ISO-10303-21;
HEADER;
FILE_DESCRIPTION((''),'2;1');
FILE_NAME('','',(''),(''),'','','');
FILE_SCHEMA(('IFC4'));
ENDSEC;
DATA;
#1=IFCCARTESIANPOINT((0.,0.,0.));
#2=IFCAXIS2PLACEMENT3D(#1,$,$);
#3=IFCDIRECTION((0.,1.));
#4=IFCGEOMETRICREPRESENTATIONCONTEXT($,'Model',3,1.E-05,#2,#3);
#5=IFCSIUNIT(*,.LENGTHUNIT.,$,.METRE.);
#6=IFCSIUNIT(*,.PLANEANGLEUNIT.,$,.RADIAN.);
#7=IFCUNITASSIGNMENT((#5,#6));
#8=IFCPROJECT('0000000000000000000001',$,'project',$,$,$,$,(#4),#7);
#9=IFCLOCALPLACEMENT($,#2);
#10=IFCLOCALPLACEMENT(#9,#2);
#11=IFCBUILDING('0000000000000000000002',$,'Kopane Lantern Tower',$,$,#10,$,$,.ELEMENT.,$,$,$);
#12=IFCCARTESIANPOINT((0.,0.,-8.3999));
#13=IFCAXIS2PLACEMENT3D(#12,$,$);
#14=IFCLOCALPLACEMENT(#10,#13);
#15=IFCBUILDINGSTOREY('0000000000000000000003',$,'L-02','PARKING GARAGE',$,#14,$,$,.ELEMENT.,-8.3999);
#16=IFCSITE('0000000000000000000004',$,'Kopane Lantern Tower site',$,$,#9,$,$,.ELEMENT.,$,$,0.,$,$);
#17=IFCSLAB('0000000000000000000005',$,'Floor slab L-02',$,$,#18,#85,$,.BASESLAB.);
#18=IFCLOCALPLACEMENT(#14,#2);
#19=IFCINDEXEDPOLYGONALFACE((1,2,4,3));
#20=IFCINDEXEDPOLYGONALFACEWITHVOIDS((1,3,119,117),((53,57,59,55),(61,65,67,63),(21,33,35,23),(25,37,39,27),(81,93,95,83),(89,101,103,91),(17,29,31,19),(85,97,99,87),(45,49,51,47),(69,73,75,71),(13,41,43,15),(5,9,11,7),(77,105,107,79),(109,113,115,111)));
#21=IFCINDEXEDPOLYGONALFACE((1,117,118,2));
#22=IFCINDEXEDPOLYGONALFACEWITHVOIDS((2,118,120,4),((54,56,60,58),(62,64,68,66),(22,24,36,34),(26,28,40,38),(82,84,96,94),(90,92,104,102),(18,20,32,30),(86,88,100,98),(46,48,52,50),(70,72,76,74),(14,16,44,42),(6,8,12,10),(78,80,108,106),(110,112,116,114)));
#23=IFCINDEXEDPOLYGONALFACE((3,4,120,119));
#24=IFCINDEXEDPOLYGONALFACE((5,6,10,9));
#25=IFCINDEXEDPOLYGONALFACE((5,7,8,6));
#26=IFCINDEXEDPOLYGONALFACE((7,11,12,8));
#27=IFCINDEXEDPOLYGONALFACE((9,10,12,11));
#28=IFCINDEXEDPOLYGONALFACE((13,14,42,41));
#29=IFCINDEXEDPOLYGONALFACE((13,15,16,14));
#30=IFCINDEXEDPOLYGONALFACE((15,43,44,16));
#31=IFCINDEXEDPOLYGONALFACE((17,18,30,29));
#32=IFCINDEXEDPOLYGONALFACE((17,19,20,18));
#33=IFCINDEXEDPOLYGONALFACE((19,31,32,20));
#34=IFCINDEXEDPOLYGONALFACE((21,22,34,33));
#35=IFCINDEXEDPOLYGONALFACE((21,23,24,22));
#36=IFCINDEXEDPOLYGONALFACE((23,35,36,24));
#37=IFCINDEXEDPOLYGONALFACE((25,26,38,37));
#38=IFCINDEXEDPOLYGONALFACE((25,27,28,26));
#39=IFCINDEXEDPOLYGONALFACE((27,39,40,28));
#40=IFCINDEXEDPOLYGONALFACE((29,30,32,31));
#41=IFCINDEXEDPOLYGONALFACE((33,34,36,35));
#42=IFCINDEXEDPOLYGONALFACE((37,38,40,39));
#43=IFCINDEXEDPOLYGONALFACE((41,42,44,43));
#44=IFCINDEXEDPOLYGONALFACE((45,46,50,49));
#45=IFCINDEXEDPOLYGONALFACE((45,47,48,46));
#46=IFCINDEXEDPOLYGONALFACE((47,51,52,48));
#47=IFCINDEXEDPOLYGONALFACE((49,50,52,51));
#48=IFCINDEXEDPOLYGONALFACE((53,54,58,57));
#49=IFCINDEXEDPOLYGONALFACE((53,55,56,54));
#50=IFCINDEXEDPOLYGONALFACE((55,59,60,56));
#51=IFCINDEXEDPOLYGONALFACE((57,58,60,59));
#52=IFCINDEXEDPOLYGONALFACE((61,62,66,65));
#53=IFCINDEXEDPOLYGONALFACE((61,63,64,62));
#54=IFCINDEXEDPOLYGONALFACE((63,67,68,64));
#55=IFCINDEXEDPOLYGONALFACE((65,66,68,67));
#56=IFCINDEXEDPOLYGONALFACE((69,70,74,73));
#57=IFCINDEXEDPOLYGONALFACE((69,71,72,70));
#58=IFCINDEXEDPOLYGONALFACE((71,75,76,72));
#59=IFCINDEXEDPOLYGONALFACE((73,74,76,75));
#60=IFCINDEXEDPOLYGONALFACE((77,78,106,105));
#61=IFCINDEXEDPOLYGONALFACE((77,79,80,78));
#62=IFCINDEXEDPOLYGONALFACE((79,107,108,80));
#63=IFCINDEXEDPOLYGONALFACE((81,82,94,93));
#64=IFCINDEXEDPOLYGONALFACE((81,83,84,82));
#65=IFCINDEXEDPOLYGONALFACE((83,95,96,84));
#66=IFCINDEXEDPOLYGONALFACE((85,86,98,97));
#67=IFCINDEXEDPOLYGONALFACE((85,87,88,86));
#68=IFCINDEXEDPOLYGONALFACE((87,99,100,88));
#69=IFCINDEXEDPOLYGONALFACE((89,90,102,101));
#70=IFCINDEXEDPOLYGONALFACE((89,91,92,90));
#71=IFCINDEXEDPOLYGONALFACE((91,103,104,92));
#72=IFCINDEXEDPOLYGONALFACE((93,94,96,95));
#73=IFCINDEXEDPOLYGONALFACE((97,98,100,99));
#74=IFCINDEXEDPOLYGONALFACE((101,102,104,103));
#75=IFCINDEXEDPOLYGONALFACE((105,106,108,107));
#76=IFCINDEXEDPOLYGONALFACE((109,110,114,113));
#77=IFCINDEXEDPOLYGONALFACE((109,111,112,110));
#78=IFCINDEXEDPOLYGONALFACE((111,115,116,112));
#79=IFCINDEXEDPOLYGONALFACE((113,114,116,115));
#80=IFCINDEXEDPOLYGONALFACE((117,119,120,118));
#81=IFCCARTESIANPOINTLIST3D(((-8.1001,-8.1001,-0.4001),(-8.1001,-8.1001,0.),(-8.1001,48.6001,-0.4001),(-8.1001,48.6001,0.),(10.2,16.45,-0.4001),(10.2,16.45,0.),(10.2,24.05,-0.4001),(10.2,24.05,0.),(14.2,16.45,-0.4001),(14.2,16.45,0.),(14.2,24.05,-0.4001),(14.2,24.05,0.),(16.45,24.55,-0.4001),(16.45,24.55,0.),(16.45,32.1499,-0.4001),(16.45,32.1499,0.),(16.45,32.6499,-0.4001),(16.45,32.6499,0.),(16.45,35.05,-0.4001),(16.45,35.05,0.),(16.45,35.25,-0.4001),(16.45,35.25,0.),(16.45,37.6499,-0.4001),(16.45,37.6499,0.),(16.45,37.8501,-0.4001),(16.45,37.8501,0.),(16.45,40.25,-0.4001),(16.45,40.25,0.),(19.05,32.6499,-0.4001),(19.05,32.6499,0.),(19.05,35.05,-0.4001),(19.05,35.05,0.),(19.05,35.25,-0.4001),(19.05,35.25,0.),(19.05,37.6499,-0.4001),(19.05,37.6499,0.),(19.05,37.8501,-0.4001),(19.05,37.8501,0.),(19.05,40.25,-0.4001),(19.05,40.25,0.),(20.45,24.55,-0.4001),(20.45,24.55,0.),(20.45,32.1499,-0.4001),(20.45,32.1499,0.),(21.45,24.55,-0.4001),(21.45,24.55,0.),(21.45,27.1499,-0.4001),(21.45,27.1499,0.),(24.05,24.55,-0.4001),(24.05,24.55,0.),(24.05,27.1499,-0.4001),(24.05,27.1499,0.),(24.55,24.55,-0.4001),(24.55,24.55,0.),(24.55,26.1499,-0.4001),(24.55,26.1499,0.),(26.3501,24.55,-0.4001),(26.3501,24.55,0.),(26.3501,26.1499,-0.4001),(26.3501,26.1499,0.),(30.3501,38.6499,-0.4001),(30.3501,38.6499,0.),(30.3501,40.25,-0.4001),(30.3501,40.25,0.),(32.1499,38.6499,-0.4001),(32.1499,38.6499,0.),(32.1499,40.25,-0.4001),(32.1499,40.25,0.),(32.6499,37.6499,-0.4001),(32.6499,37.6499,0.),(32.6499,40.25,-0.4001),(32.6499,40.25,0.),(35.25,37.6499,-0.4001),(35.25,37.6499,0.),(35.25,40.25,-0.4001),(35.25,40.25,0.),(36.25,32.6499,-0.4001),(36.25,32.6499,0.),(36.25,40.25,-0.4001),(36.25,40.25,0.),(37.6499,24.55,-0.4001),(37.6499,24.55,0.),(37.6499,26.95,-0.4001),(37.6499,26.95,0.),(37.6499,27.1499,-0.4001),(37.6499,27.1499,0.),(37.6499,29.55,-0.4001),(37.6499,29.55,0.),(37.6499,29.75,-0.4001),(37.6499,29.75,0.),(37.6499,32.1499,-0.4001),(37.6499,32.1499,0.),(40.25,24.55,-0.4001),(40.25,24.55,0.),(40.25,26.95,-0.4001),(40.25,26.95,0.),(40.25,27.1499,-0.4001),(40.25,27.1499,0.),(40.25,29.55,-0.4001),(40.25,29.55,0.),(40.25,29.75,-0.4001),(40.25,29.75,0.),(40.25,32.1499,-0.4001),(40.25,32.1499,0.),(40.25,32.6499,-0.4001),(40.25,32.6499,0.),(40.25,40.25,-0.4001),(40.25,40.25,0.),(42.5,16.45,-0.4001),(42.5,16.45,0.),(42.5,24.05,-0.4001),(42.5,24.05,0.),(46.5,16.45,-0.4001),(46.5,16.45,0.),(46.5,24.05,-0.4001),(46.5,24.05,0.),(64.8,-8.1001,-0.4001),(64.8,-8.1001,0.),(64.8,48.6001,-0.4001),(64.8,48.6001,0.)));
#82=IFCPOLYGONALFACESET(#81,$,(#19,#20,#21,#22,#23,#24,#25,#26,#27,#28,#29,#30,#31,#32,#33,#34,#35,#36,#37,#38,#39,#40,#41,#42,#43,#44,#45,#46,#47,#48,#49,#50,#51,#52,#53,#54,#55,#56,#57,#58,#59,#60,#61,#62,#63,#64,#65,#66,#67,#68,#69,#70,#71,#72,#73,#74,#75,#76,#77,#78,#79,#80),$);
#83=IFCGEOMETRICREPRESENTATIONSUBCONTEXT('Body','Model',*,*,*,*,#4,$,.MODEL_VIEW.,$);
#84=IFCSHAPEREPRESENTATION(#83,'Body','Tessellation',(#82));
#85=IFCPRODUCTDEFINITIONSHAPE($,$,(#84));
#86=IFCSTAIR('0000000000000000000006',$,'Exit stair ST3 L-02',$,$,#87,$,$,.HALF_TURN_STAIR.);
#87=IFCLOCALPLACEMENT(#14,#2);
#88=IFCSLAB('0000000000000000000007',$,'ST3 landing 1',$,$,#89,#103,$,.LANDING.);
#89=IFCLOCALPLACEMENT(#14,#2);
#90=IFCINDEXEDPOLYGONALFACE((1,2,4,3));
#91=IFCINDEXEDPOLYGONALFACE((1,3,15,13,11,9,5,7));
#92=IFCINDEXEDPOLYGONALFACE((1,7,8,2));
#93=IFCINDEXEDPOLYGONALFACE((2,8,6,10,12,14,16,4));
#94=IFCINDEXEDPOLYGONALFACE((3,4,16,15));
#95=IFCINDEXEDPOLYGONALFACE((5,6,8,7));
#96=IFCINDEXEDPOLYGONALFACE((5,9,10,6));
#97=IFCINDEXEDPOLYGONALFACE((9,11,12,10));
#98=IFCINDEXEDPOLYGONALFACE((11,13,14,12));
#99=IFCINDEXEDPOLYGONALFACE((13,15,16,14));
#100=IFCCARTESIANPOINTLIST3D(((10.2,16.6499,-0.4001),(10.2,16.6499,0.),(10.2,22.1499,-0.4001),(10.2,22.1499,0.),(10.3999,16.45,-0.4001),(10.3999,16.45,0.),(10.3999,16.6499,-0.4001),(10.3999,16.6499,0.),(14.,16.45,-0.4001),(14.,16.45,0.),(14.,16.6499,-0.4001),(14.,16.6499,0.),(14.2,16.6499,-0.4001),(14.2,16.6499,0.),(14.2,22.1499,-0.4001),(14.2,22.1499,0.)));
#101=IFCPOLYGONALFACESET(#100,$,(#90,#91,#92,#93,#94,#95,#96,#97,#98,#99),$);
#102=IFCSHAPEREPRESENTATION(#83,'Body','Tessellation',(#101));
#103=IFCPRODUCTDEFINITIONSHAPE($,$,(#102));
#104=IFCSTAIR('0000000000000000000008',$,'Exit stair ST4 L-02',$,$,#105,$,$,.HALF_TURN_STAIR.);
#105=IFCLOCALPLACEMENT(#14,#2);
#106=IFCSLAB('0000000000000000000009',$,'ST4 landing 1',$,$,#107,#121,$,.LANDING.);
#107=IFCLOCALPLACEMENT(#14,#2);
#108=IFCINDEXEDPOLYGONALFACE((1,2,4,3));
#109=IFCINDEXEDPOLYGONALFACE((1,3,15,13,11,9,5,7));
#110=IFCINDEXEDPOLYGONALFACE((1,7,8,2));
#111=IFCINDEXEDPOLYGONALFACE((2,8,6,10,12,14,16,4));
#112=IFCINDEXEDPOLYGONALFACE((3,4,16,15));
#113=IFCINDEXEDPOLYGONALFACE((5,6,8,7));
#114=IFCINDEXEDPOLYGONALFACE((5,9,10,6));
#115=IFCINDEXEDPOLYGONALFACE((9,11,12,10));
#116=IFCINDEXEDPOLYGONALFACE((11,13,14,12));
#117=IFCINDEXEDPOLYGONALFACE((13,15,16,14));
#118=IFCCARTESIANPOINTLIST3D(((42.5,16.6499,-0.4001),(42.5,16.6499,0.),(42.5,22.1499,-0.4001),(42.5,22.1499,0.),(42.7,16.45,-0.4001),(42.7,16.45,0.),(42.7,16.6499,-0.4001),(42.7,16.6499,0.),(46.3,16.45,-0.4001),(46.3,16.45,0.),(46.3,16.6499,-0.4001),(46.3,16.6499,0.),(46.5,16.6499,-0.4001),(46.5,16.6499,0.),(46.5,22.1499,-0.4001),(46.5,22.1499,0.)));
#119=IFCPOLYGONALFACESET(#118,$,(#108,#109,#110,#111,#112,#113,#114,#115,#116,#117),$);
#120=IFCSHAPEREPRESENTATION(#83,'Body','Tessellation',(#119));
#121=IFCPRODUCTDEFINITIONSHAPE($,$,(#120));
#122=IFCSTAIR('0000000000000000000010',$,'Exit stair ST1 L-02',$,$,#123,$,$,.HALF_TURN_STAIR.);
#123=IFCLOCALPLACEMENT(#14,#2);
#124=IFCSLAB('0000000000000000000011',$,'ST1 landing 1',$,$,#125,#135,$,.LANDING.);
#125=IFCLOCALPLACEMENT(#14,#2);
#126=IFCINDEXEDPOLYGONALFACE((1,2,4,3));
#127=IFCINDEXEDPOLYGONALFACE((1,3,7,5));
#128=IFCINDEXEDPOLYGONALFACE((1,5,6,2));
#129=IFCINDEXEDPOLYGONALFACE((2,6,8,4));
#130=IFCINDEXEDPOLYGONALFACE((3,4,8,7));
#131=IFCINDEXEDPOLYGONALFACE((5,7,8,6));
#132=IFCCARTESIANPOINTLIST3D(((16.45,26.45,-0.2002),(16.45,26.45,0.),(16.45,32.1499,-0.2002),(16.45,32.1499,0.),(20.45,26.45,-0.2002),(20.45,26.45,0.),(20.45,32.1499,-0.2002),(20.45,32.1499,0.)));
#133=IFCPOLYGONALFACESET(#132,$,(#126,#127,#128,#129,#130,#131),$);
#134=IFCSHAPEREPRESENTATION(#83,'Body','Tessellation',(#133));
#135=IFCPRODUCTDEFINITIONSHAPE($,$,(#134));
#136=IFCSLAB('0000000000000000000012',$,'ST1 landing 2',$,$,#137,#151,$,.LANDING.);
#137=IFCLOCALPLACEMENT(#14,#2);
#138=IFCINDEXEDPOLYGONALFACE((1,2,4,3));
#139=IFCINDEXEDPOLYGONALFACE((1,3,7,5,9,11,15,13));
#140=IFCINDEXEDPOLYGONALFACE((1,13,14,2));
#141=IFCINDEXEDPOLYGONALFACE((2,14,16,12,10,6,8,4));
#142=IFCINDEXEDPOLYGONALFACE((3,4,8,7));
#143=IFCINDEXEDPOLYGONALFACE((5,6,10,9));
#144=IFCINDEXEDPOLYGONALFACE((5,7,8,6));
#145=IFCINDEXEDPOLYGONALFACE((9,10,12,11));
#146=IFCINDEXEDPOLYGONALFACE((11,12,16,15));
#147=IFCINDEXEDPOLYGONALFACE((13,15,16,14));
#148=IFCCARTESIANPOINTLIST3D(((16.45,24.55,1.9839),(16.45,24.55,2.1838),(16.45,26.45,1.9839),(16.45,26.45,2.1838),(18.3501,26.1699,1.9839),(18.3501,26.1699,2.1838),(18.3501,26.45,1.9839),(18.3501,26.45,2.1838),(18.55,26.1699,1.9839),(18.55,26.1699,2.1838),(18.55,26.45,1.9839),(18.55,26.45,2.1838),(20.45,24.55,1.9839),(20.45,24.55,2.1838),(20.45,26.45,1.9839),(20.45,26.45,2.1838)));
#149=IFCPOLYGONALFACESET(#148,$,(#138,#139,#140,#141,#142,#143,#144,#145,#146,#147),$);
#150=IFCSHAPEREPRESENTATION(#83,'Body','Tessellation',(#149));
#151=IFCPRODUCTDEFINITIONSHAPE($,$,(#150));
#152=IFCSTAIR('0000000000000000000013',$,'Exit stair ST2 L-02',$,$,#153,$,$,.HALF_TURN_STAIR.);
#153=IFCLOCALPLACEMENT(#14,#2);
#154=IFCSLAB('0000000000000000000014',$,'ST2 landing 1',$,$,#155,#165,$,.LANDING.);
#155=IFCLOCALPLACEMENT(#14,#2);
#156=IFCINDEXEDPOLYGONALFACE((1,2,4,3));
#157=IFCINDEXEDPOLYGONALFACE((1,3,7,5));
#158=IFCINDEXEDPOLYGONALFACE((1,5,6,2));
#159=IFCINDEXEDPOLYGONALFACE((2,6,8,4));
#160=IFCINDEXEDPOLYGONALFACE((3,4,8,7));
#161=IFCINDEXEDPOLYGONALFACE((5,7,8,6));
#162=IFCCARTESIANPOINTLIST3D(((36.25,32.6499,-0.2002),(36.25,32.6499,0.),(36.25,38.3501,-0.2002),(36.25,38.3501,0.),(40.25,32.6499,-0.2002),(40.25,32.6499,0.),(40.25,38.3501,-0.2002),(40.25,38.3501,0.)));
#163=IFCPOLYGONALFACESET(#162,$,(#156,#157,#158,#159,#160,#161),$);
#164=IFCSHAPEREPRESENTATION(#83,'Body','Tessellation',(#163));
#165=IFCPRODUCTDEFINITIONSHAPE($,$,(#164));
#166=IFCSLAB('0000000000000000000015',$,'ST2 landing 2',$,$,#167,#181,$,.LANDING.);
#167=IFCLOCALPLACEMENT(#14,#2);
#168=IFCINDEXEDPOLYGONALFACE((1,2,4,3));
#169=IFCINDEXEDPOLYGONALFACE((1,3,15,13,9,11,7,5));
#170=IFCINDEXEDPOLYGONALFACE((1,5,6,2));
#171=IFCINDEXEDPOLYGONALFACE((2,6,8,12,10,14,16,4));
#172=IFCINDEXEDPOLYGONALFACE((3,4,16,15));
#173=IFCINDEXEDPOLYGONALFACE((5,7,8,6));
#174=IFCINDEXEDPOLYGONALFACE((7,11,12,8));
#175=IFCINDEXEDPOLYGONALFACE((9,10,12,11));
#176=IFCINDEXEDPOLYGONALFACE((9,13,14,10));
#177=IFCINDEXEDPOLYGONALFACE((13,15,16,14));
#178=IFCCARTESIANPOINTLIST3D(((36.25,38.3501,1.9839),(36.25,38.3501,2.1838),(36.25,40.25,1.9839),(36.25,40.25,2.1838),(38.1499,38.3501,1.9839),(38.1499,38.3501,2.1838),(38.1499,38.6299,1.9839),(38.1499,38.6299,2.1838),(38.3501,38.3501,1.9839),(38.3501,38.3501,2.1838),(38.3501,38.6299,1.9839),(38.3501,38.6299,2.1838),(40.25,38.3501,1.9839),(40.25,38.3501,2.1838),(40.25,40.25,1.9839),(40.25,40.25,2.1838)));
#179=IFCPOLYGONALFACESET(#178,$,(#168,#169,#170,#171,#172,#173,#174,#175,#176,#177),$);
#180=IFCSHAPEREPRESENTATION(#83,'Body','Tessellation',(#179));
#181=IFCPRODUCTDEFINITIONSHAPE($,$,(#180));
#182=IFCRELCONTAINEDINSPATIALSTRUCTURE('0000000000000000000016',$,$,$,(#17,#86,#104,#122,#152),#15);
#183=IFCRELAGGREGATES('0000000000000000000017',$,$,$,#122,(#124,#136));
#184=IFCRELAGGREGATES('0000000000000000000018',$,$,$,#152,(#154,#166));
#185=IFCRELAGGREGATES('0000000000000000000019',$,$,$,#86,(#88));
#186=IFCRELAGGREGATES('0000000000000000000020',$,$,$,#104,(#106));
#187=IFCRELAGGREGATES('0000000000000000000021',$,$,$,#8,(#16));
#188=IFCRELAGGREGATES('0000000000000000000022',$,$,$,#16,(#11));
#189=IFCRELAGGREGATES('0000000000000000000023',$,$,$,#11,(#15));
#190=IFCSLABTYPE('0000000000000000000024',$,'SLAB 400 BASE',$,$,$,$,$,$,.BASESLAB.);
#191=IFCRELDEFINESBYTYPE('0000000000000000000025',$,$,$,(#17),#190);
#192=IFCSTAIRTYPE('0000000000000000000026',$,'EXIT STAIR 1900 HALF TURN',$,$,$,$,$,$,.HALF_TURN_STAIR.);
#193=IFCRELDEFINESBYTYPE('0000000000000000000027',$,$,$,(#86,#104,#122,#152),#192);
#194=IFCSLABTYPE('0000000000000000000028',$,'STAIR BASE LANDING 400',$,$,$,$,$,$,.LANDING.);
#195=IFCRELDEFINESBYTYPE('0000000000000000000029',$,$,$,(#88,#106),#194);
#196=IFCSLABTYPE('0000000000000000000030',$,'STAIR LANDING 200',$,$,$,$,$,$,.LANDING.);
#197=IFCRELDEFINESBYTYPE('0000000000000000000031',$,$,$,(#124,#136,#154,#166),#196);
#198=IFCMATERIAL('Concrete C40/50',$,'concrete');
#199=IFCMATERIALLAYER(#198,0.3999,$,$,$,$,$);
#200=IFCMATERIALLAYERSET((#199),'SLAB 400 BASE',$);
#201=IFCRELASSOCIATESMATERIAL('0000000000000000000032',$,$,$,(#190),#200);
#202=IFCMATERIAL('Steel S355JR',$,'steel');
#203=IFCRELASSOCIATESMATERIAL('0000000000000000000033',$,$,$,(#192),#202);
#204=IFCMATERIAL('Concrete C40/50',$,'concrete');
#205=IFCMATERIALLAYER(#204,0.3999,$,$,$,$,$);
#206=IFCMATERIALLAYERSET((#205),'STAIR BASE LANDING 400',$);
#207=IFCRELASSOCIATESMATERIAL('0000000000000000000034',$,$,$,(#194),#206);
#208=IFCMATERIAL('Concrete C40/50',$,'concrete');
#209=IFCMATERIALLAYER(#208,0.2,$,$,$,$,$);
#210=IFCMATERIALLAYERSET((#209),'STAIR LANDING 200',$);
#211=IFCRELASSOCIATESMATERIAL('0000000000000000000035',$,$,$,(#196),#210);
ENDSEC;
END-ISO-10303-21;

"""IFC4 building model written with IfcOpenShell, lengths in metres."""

from ifc_helpers import new_model, si_unit, direction, frame, origin, place, context, subcontext, project, spatial, polyline, outline, extrude, material, layer, layer_set, type_object, element, aggregate, save


model = new_model("IFC4")

# Units and contexts
model_context = context("Model", 3, precision=1e-05, world=origin(), true_north=direction((0.0, 1.0)))
body_context = subcontext(model_context, "Body", "Model", "MODEL_VIEW")
ifc_project = project(units=[si_unit("LENGTHUNIT", "METRE"), si_unit("PLANEANGLEUNIT", "RADIAN")], contexts=[model_context])

# Site, building, storey
site_placement = place(None, origin())
site = spatial("IfcSite", under=ifc_project, at=site_placement, Name="Kopane Lantern Tower site", CompositionType="ELEMENT", RefElevation=0.0)
building_placement = place(site_placement, origin())
building = spatial("IfcBuilding", under=site, at=building_placement, Name="Kopane Lantern Tower", CompositionType="ELEMENT")
storey_placement = place(building_placement, frame((0.0, 0.0, -8.3999)))
storey = spatial("IfcBuildingStorey", under=building, at=storey_placement, Name="L-02", Description="PARKING GARAGE", CompositionType="ELEMENT", Elevation=-8.3999)

# Slab
ifc_material_1 = material(Name="Concrete C40/50", Category="concrete")
ifc_layer_1 = layer(ifc_material_1, 0.3999)
ifc_layer_set_1 = layer_set([ifc_layer_1], Name="SLAB 400 BASE")
slab_type_1 = type_object("IfcSlabType", Name="SLAB 400 BASE", PredefinedType="BASESLAB", material=ifc_layer_set_1)
slab_1_placement = place(storey_placement, frame((0.0, 0.0, -0.4001)))
element("IfcSlab", 1, at=slab_1_placement, inside=storey, type_object=slab_type_1, Name="Floor slab L-02", PredefinedType="BASESLAB", context=body_context, shape_type="SweptSolid", body=[
    extrude(outline(polyline([(-8.1001, -8.1001), (64.8, -8.1001), (64.8, 48.6001), (-8.1001, 48.6001), (-8.1001, -8.1001)]), holes=[polyline([(16.45, 24.55), (20.45, 24.55), (20.45, 32.1499), (16.45, 32.1499), (16.45, 24.55)]), polyline([(36.25, 32.6499), (40.25, 32.6499), (40.25, 40.25), (36.25, 40.25), (36.25, 32.6499)]), polyline([(16.45, 32.6499), (19.05, 32.6499), (19.05, 35.05), (16.45, 35.05), (16.45, 32.6499)]), polyline([(16.45, 35.25), (19.05, 35.25), (19.05, 37.6499), (16.45, 37.6499), (16.45, 35.25)]), polyline([(16.45, 37.8501), (19.05, 37.8501), (19.05, 40.25), (16.45, 40.25), (16.45, 37.8501)]), polyline([(37.6499, 24.55), (40.25, 24.55), (40.25, 26.95), (37.6499, 26.95), (37.6499, 24.55)]), polyline([(37.6499, 27.1499), (40.25, 27.1499), (40.25, 29.55), (37.6499, 29.55), (37.6499, 27.1499)]), polyline([(37.6499, 29.75), (40.25, 29.75), (40.25, 32.1499), (37.6499, 32.1499), (37.6499, 29.75)]), polyline([(21.45, 24.55), (24.05, 24.55), (24.05, 27.1499), (21.45, 27.1499), (21.45, 24.55)]), polyline([(32.6499, 37.6499), (35.25, 37.6499), (35.25, 40.25), (32.6499, 40.25), (32.6499, 37.6499)]), polyline([(24.55, 24.55), (26.3501, 24.55), (26.3501, 26.1499), (24.55, 26.1499), (24.55, 24.55)]), polyline([(30.3501, 38.6499), (32.1499, 38.6499), (32.1499, 40.25), (30.3501, 40.25), (30.3501, 38.6499)]), polyline([(10.2, 16.45), (14.2, 16.45), (14.2, 24.05), (10.2, 24.05), (10.2, 16.45)]), polyline([(42.5, 16.45), (46.5, 16.45), (46.5, 24.05), (42.5, 24.05), (42.5, 16.45)])]), origin(), (0.0, 0.0, 1.0), 0.4001),
])

# Stairs, slabs
ifc_material_2 = material(Name="Steel S355JR", Category="steel")
stair_type = type_object("IfcStairType", Name="EXIT STAIR 1900 HALF TURN", PredefinedType="HALF_TURN_STAIR", material=ifc_material_2)
stair_1_placement = place(storey_placement, origin())
stair_1 = element("IfcStair", 2, at=stair_1_placement, inside=storey, type_object=stair_type, Name="Exit stair ST3 L-02", PredefinedType="HALF_TURN_STAIR")
ifc_material_3 = material(Name="Concrete C40/50", Category="concrete")
ifc_layer_2 = layer(ifc_material_3, 0.3999)
ifc_layer_set_2 = layer_set([ifc_layer_2], Name="STAIR BASE LANDING 400")
slab_type_2 = type_object("IfcSlabType", Name="STAIR BASE LANDING 400", PredefinedType="LANDING", material=ifc_layer_set_2)
slab_2_placement = place(storey_placement, frame((0.0, 0.0, -0.4001)))
slab_2 = element("IfcSlab", 3, at=slab_2_placement, type_object=slab_type_2, Name="ST3 landing 1", PredefinedType="LANDING", context=body_context, shape_type="SweptSolid", body=[
    extrude(outline(polyline([(14.2, 16.6499), (14.2, 22.1499), (10.2, 22.1499), (10.2, 16.6499), (10.3999, 16.6499), (10.3999, 16.45), (14.0, 16.45), (14.0, 16.6499), (14.2, 16.6499)])), origin(), (0.0, 0.0, 1.0), 0.4001),
])
stair_2_placement = place(storey_placement, origin())
stair_2 = element("IfcStair", 4, at=stair_2_placement, inside=storey, type_object=stair_type, Name="Exit stair ST4 L-02", PredefinedType="HALF_TURN_STAIR")
slab_3_placement = place(storey_placement, frame((0.0, 0.0, -0.4001)))
slab_3 = element("IfcSlab", 5, at=slab_3_placement, type_object=slab_type_2, Name="ST4 landing 1", PredefinedType="LANDING", context=body_context, shape_type="SweptSolid", body=[
    extrude(outline(polyline([(46.5, 16.6499), (46.5, 22.1499), (42.5, 22.1499), (42.5, 16.6499), (42.7, 16.6499), (42.7, 16.45), (46.3, 16.45), (46.3, 16.6499), (46.5, 16.6499)])), origin(), (0.0, 0.0, 1.0), 0.4001),
])

# Stairs, slabs
stair_3_placement = place(storey_placement, origin())
stair_3 = element("IfcStair", 6, at=stair_3_placement, inside=storey, type_object=stair_type, Name="Exit stair ST1 L-02", PredefinedType="HALF_TURN_STAIR")
ifc_material_4 = material(Name="Concrete C40/50", Category="concrete")
ifc_layer_3 = layer(ifc_material_4, 0.2)
ifc_layer_set_3 = layer_set([ifc_layer_3], Name="STAIR LANDING 200")
slab_type_3 = type_object("IfcSlabType", Name="STAIR LANDING 200", PredefinedType="LANDING", material=ifc_layer_set_3)
slab_4_placement = place(storey_placement, frame((0.0, 0.0, -0.2002)))
slab_4 = element("IfcSlab", 7, at=slab_4_placement, type_object=slab_type_3, Name="ST1 landing 1", PredefinedType="LANDING", context=body_context, shape_type="SweptSolid", body=[
    extrude(outline(polyline([(20.45, 26.45), (20.45, 32.1499), (16.45, 32.1499), (16.45, 26.45), (20.45, 26.45)])), origin(), (0.0, 0.0, 1.0), 0.2002),
])
slab_5_placement = place(storey_placement, frame((0.0, 0.0, 1.9839)))
slab_5 = element("IfcSlab", 8, at=slab_5_placement, type_object=slab_type_3, Name="ST1 landing 2", PredefinedType="LANDING", context=body_context, shape_type="SweptSolid", body=[
    extrude(outline(polyline([(20.45, 26.45), (18.55, 26.45), (18.55, 26.1699), (18.3501, 26.1699), (18.3501, 26.45), (16.45, 26.45), (16.45, 24.55), (20.45, 24.55), (20.45, 26.45)])), origin(), (0.0, 0.0, 1.0), 0.2),
])
aggregate(stair_3, [slab_4, slab_5])
stair_4_placement = place(storey_placement, origin())
stair_4 = element("IfcStair", 9, at=stair_4_placement, inside=storey, type_object=stair_type, Name="Exit stair ST2 L-02", PredefinedType="HALF_TURN_STAIR")
slab_6_placement = place(storey_placement, frame((0.0, 0.0, -0.2002)))
slab_6 = element("IfcSlab", 10, at=slab_6_placement, type_object=slab_type_3, Name="ST2 landing 1", PredefinedType="LANDING", context=body_context, shape_type="SweptSolid", body=[
    extrude(outline(polyline([(40.25, 32.6499), (40.25, 38.3501), (36.25, 38.3501), (36.25, 32.6499), (40.25, 32.6499)])), origin(), (0.0, 0.0, 1.0), 0.2002),
])
slab_7_placement = place(storey_placement, frame((0.0, 0.0, 1.9839)))
slab_7 = element("IfcSlab", 11, at=slab_7_placement, type_object=slab_type_3, Name="ST2 landing 2", PredefinedType="LANDING", context=body_context, shape_type="SweptSolid", body=[
    extrude(outline(polyline([(38.1499, 38.6299), (38.3501, 38.6299), (38.3501, 38.3501), (40.25, 38.3501), (40.25, 40.25), (36.25, 40.25), (36.25, 38.3501), (38.1499, 38.3501), (38.1499, 38.6299)])), origin(), (0.0, 0.0, 1.0), 0.2),
])
aggregate(stair_4, [slab_6, slab_7])

aggregate(stair_1, [slab_2])
aggregate(stair_2, [slab_3])

save(model, "model.ifc")
